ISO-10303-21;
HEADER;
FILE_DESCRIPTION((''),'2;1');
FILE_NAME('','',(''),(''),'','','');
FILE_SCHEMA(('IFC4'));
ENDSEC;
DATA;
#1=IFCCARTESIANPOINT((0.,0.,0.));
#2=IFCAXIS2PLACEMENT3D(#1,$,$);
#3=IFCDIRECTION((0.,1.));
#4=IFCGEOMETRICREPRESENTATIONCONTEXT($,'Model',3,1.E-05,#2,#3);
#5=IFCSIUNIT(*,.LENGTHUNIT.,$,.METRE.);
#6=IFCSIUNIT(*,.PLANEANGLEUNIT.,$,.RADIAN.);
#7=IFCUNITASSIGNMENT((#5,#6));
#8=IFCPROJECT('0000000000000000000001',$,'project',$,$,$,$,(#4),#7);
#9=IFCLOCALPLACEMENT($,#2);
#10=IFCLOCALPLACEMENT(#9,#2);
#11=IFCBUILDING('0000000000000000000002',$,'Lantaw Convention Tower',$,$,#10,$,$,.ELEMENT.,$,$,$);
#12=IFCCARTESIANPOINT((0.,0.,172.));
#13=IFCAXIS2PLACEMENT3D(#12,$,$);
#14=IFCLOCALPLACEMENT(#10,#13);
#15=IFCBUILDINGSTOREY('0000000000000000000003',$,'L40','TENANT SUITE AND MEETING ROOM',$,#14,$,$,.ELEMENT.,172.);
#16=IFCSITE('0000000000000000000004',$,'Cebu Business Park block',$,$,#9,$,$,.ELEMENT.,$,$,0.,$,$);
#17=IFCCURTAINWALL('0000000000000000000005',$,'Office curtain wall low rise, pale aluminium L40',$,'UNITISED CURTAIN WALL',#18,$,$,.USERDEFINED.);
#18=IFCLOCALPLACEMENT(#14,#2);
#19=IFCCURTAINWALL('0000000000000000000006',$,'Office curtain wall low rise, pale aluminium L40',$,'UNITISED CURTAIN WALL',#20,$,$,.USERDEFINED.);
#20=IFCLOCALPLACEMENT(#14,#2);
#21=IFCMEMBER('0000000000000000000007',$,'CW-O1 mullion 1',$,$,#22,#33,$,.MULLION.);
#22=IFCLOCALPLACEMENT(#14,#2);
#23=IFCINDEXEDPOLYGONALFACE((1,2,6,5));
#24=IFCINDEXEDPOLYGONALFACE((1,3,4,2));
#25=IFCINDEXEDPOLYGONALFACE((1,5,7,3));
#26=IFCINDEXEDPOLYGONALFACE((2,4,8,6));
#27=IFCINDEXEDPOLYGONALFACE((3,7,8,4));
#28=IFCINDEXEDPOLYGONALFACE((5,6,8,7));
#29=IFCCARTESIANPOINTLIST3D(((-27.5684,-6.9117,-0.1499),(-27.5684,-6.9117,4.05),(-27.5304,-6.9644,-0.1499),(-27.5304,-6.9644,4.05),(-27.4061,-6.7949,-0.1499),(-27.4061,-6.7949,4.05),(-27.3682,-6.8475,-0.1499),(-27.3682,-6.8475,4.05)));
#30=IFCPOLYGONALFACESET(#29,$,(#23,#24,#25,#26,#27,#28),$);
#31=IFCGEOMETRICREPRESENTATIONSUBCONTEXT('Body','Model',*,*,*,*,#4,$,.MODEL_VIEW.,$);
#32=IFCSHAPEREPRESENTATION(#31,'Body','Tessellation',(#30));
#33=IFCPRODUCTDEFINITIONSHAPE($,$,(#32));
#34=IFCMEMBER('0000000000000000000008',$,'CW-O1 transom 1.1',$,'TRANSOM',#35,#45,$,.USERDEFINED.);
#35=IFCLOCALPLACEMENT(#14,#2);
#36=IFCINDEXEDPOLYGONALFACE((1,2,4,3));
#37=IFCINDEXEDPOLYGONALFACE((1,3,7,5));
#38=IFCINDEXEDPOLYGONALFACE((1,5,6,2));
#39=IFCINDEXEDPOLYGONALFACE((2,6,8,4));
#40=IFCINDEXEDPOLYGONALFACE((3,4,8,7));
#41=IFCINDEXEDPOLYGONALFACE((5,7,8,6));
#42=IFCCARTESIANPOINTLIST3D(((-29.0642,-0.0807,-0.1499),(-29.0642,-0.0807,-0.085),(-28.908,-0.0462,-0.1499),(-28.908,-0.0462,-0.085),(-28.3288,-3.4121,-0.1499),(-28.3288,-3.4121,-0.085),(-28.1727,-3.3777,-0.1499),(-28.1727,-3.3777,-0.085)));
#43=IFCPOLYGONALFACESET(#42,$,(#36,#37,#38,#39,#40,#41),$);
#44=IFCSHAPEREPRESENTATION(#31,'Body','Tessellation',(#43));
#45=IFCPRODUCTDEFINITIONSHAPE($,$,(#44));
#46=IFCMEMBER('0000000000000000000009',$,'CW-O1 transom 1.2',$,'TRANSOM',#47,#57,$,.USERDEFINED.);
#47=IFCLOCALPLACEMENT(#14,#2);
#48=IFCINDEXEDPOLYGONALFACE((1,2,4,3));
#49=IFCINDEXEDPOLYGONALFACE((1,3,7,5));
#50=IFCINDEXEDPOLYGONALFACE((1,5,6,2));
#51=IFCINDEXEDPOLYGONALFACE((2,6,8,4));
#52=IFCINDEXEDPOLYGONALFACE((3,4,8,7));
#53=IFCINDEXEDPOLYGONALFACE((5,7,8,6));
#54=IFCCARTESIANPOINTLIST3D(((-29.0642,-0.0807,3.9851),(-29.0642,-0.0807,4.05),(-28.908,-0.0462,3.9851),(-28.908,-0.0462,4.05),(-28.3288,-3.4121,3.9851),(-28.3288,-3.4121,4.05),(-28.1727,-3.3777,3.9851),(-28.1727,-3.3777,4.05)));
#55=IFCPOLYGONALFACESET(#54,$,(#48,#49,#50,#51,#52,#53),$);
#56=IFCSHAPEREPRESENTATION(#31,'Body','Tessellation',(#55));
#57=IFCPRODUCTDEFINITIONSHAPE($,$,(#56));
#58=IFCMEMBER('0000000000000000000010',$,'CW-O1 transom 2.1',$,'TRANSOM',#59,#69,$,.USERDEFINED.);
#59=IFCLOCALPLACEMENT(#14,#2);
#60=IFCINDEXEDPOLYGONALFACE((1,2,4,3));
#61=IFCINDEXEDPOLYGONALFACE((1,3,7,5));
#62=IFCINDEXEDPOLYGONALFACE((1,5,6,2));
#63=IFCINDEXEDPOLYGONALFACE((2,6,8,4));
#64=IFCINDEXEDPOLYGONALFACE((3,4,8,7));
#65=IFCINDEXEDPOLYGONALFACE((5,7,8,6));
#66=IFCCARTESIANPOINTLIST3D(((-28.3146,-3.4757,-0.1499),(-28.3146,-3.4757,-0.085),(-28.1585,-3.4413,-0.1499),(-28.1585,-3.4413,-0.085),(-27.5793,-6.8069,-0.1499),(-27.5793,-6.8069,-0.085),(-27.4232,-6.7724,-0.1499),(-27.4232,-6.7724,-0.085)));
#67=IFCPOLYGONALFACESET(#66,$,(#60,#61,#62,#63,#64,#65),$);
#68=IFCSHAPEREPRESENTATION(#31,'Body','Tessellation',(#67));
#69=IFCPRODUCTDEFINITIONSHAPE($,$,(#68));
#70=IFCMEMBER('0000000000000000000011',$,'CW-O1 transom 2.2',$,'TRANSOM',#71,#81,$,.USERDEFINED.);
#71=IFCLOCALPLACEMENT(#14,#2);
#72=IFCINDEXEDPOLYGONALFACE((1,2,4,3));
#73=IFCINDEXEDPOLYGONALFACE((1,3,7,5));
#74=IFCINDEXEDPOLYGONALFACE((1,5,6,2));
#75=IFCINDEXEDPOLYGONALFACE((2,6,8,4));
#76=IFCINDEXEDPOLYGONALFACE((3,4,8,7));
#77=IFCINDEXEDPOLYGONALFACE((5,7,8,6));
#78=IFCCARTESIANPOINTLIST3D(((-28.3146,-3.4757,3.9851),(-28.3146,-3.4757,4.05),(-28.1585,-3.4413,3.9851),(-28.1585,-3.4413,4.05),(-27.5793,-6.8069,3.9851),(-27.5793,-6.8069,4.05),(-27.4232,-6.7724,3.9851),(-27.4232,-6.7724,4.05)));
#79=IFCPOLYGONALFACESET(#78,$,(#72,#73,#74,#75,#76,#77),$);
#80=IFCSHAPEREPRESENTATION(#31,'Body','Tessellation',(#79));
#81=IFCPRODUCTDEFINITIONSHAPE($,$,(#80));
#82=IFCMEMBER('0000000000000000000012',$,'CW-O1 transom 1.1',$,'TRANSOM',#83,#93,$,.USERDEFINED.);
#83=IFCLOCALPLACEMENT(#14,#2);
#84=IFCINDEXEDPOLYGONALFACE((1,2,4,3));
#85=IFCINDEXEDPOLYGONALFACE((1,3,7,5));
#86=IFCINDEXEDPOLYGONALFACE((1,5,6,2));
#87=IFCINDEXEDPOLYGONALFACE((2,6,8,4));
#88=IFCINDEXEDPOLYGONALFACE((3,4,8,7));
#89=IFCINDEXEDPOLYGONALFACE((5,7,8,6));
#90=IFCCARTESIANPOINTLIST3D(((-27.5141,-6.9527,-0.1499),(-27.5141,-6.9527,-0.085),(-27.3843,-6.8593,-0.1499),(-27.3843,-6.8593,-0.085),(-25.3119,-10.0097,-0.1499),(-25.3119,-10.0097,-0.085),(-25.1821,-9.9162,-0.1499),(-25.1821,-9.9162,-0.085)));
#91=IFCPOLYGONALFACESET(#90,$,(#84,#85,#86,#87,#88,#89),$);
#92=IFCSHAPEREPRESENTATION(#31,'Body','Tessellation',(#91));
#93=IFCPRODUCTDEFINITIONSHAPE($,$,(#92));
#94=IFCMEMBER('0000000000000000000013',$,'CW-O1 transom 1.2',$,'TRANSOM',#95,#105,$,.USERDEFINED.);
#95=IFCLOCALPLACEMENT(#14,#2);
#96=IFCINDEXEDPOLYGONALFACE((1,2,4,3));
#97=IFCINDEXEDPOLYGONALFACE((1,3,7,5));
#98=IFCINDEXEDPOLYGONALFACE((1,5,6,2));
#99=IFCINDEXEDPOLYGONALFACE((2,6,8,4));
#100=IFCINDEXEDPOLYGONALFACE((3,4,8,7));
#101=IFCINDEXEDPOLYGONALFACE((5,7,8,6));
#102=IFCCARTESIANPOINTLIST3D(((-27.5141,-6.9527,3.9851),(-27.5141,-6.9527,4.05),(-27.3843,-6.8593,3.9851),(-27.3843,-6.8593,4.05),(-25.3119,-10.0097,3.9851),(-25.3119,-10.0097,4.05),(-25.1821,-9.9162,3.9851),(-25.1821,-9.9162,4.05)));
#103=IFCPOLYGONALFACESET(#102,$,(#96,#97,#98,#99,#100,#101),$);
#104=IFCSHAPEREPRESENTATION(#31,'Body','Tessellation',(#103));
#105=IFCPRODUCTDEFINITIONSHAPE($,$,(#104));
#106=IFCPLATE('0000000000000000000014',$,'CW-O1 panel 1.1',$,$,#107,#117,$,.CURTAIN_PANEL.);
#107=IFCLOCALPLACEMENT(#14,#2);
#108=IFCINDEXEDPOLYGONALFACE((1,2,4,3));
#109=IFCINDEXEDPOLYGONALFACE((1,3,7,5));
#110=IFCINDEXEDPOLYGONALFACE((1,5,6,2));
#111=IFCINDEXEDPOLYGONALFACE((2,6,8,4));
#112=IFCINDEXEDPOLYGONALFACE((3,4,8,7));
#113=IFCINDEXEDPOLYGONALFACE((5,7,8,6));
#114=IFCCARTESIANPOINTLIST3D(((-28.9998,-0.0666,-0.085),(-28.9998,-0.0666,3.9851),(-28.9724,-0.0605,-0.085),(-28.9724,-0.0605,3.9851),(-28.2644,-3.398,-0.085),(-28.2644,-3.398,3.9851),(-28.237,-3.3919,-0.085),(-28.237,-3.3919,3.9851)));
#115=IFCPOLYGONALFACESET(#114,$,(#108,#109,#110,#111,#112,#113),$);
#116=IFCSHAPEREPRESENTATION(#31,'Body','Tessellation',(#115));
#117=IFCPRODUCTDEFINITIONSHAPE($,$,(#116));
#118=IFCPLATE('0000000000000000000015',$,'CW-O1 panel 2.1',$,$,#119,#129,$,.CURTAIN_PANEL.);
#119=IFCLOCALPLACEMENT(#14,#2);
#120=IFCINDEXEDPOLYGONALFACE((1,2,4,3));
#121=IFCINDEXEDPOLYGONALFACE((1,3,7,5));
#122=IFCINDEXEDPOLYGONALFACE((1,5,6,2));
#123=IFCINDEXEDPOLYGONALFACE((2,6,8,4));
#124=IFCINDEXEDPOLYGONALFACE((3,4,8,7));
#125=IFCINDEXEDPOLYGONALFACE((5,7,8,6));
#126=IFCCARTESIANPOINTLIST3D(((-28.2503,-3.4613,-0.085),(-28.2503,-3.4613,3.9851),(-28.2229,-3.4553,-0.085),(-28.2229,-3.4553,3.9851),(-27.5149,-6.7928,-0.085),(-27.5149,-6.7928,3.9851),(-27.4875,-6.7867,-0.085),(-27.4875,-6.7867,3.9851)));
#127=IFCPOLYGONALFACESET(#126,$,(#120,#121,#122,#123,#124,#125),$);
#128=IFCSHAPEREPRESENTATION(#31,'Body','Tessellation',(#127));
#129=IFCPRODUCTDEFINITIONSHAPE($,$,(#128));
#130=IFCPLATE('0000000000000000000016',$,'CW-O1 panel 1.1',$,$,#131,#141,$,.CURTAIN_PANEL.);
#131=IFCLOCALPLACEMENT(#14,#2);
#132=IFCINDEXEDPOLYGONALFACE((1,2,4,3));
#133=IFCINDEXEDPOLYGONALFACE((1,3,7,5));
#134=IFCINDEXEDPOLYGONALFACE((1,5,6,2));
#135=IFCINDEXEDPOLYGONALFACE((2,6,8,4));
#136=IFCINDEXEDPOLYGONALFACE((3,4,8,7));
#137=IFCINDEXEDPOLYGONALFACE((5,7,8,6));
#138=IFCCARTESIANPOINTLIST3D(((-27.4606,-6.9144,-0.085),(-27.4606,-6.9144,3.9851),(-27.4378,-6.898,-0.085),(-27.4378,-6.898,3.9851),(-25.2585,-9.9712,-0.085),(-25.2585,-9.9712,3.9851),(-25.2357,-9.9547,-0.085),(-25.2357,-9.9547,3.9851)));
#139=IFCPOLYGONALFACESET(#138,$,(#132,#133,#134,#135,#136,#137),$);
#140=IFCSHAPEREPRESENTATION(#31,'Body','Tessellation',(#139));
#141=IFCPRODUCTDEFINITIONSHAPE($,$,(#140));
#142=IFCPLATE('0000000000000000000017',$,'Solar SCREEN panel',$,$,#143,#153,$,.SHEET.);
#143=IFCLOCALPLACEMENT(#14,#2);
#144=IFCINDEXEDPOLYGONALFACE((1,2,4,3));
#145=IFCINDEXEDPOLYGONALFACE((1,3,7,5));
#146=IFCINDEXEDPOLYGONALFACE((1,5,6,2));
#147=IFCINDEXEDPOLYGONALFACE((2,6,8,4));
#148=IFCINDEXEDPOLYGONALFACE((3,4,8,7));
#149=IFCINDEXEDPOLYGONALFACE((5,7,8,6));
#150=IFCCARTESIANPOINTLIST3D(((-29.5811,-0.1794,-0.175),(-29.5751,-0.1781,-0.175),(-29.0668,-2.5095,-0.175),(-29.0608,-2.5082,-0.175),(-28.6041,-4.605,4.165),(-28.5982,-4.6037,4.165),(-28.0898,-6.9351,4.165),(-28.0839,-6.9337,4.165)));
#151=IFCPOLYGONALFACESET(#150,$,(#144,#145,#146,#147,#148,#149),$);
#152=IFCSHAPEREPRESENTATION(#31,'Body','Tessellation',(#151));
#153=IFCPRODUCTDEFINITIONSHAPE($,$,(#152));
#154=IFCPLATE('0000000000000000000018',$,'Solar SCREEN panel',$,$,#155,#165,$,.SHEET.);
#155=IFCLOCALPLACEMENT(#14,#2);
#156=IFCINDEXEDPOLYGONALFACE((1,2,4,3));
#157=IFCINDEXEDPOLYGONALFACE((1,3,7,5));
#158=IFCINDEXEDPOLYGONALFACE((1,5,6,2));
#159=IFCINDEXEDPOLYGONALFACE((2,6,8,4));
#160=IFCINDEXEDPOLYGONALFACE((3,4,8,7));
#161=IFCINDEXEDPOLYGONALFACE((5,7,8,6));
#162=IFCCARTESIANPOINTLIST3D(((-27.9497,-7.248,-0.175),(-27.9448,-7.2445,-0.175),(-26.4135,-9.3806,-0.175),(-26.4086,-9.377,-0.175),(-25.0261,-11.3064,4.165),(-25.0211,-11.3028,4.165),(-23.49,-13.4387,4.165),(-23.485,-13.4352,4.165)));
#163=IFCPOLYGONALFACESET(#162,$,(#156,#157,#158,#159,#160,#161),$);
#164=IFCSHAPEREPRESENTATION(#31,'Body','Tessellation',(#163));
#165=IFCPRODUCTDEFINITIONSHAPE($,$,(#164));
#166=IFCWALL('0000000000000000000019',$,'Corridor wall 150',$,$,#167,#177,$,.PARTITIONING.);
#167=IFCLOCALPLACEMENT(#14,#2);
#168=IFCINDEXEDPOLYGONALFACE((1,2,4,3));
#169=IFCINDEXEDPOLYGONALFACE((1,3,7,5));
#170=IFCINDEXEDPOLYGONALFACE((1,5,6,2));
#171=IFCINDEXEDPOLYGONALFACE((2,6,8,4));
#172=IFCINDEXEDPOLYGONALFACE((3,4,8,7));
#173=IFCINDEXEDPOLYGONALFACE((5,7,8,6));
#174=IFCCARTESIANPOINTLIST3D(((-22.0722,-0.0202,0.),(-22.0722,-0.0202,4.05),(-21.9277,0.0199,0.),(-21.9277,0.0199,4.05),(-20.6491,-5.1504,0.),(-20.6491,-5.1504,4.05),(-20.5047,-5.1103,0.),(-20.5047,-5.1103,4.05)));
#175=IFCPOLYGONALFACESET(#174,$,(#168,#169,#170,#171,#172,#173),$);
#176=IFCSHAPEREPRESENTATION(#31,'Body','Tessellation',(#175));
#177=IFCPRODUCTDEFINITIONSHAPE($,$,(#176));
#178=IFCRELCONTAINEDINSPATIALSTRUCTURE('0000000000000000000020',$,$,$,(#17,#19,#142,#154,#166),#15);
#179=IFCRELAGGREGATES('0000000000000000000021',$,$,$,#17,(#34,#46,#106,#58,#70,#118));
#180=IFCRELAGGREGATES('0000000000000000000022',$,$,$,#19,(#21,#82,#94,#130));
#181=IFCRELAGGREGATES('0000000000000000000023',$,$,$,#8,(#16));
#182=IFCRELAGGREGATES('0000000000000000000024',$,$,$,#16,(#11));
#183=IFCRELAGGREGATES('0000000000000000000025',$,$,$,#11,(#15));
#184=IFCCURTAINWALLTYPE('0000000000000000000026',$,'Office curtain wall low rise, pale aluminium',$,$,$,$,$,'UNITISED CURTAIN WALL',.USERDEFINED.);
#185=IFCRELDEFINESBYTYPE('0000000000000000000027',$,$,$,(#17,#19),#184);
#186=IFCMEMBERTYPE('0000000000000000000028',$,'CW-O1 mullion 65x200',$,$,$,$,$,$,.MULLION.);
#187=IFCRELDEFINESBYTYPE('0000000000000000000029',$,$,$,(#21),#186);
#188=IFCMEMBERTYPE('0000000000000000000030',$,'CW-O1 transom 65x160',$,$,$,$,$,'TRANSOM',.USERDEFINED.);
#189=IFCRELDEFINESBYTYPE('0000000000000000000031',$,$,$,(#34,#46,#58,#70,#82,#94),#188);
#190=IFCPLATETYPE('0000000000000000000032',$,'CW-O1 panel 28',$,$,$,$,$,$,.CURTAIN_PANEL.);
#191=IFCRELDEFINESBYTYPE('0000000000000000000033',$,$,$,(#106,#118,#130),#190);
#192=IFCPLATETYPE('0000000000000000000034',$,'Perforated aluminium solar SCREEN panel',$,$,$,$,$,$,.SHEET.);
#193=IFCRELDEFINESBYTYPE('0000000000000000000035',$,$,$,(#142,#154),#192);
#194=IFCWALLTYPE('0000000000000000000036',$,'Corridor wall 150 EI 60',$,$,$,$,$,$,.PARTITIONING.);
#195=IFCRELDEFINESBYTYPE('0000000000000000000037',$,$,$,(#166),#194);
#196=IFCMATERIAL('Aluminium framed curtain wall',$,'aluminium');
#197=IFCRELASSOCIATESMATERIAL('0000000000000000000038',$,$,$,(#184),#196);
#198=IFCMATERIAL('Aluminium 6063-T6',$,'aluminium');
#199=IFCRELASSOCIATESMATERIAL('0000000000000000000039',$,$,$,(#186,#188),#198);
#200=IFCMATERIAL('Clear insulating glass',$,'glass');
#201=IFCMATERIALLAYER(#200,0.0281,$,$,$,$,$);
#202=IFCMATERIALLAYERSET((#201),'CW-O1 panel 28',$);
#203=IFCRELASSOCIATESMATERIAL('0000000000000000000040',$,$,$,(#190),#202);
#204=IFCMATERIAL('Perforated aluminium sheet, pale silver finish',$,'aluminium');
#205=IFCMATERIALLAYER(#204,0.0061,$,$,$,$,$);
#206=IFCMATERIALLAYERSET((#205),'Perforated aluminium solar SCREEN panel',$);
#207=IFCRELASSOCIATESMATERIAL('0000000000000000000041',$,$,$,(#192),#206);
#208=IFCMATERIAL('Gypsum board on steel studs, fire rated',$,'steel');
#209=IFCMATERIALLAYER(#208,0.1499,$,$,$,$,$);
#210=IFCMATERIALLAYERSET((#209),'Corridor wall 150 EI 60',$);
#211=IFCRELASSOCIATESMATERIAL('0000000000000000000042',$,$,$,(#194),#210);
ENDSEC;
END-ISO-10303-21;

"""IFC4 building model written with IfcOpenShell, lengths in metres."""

from ifc_helpers import new_model, si_unit, direction, frame, frame_2d, origin, origin_2d, place, context, subcontext, project, spatial, polyline, rectangle, outline, extrude, material, layer, layer_set, material_profile, profile_set, type_object, element, aggregate, save


model = new_model("IFC4")

# Units and contexts
model_context = context("Model", 3, precision=1e-05, world=origin(), true_north=direction((0.0, 1.0)))
body_context = subcontext(model_context, "Body", "Model", "MODEL_VIEW")
ifc_project = project(units=[si_unit("LENGTHUNIT", "METRE"), si_unit("PLANEANGLEUNIT", "RADIAN")], contexts=[model_context])

# Site, building, storey
site_placement = place(None, origin())
site = spatial("IfcSite", under=ifc_project, at=site_placement, Name="Cebu Business Park block", CompositionType="ELEMENT", RefElevation=0.0)
building_placement = place(site_placement, origin())
building = spatial("IfcBuilding", under=site, at=building_placement, Name="Lantaw Convention Tower", CompositionType="ELEMENT")
storey_placement = place(building_placement, frame((0.0, 0.0, 172.0)))
storey = spatial("IfcBuildingStorey", under=building, at=storey_placement, Name="L40", Description="TENANT SUITE AND MEETING ROOM", CompositionType="ELEMENT", Elevation=172.0)

# Curtain wall
ifc_material_1 = material(Name="Aluminium framed curtain wall", Category="aluminium")
curtain_wall_type = type_object("IfcCurtainWallType", Name="Office curtain wall low rise, pale aluminium", ElementType="UNITISED CURTAIN WALL", PredefinedType="USERDEFINED", material=ifc_material_1)
curtain_wall_1_placement = place(storey_placement, origin())
curtain_wall_1 = element("IfcCurtainWall", 1, at=curtain_wall_1_placement, inside=storey, type_object=curtain_wall_type, Name="Office curtain wall low rise, pale aluminium L40", ObjectType="UNITISED CURTAIN WALL", PredefinedType="USERDEFINED")
ifc_material_2 = material(Name="Aluminium 6063-T6", Category="aluminium")
ifc_material_profile_1 = material_profile(ifc_material_2, rectangle(XDim=0.2, YDim=0.0649, at=origin_2d()), Name="CW-O1 mullion 65x200")
ifc_profile_set_1 = profile_set([ifc_material_profile_1], Name="Aluminium 6063-T6")
member_type_1 = type_object("IfcMemberType", Name="CW-O1 mullion 65x200", PredefinedType="MULLION", material=ifc_profile_set_1)

# Curtain wall, member
curtain_wall_2_placement = place(storey_placement, origin())
curtain_wall_2 = element("IfcCurtainWall", 2, at=curtain_wall_2_placement, inside=storey, type_object=curtain_wall_type, Name="Office curtain wall low rise, pale aluminium L40", ObjectType="UNITISED CURTAIN WALL", PredefinedType="USERDEFINED")
member_1_placement = place(storey_placement, frame((-27.4683, -6.8796, -0.1499), z_axis=(0.0, 0.0, 1.0), x_axis=(0.811385, 0.584513, 0.0)))
member_1 = element("IfcMember", 3, at=member_1_placement, type_object=member_type_1, Name="CW-O1 mullion 1", PredefinedType="MULLION", context=body_context, shape_type="SweptSolid", body=[
    extrude(rectangle(XDim=0.2, YDim=0.0649, at=origin_2d()), origin(), (0.0, 0.0, 1.0), 4.2),
])

# Members
ifc_material_profile_2 = material_profile(ifc_material_2, rectangle(XDim=0.1599, YDim=0.0649, at=origin_2d()), Name="CW-O1 transom 65x160")
ifc_profile_set_2 = profile_set([ifc_material_profile_2], Name="Aluminium 6063-T6")
member_type_2 = type_object("IfcMemberType", Name="CW-O1 transom 65x160", ElementType="TRANSOM", PredefinedType="USERDEFINED", material=ifc_profile_set_2)
member_2_placement = place(storey_placement, frame((-28.9861, -0.0635, -0.1174), z_axis=(0.215536, -0.976496, 0.0), x_axis=(0.976496, 0.215536, 0.0)))
member_2 = element("IfcMember", 4, at=member_2_placement, type_object=member_type_2, Name="CW-O1 transom 1.1", ObjectType="TRANSOM", PredefinedType="USERDEFINED", context=body_context, shape_type="SweptSolid", body=[
    extrude(rectangle(XDim=0.1599, YDim=0.0649, at=origin_2d()), origin(), (0.0, 0.0, 1.0), 3.4116),
])
member_3_placement = place(storey_placement, frame((-28.9861, -0.0635, 4.0176), z_axis=(0.215536, -0.976496, 0.0), x_axis=(0.976496, 0.215536, 0.0)))
member_3 = element("IfcMember", 5, at=member_3_placement, type_object=member_type_2, Name="CW-O1 transom 1.2", ObjectType="TRANSOM", PredefinedType="USERDEFINED", context=body_context, shape_type="SweptSolid", body=[
    extrude(rectangle(XDim=0.1599, YDim=0.0649, at=origin_2d()), origin(), (0.0, 0.0, 1.0), 3.4116),
])
member_4_placement = place(storey_placement, frame((-28.2366, -3.4585, -0.1174), z_axis=(0.215551, -0.976493, 0.0), x_axis=(0.976493, 0.215551, 0.0)))
member_4 = element("IfcMember", 6, at=member_4_placement, type_object=member_type_2, Name="CW-O1 transom 2.1", ObjectType="TRANSOM", PredefinedType="USERDEFINED", context=body_context, shape_type="SweptSolid", body=[
    extrude(rectangle(XDim=0.1599, YDim=0.0649, at=origin_2d()), origin(), (0.0, 0.0, 1.0), 3.4114),
])
member_5_placement = place(storey_placement, frame((-28.2366, -3.4585, 4.0176), z_axis=(0.215551, -0.976493, 0.0), x_axis=(0.976493, 0.215551, 0.0)))
member_5 = element("IfcMember", 7, at=member_5_placement, type_object=member_type_2, Name="CW-O1 transom 2.2", ObjectType="TRANSOM", PredefinedType="USERDEFINED", context=body_context, shape_type="SweptSolid", body=[
    extrude(rectangle(XDim=0.1599, YDim=0.0649, at=origin_2d()), origin(), (0.0, 0.0, 1.0), 3.4114),
])
member_6_placement = place(storey_placement, frame((-27.4492, -6.906, -0.1174), z_axis=(0.584513, -0.811384, 0.0), x_axis=(0.811384, 0.584513, 0.0)))
member_6 = element("IfcMember", 8, at=member_6_placement, type_object=member_type_2, Name="CW-O1 transom 1.1", ObjectType="TRANSOM", PredefinedType="USERDEFINED", context=body_context, shape_type="SweptSolid", body=[
    extrude(rectangle(XDim=0.1599, YDim=0.0649, at=origin_2d()), origin(), (0.0, 0.0, 1.0), 3.7676),
])
member_7_placement = place(storey_placement, frame((-27.4492, -6.906, 4.0176), z_axis=(0.584513, -0.811384, 0.0), x_axis=(0.811384, 0.584513, 0.0)))
member_7 = element("IfcMember", 9, at=member_7_placement, type_object=member_type_2, Name="CW-O1 transom 1.2", ObjectType="TRANSOM", PredefinedType="USERDEFINED", context=body_context, shape_type="SweptSolid", body=[
    extrude(rectangle(XDim=0.1599, YDim=0.0649, at=origin_2d()), origin(), (0.0, 0.0, 1.0), 3.7676),
])

# Plates
ifc_material_3 = material(Name="Clear insulating glass", Category="glass")
ifc_layer_1 = layer(ifc_material_3, 0.0281)
ifc_layer_set_1 = layer_set([ifc_layer_1], Name="CW-O1 panel 28")
plate_type_1 = type_object("IfcPlateType", Name="CW-O1 panel 28", PredefinedType="CURTAIN_PANEL", material=ifc_layer_set_1)
plate_1_placement = place(storey_placement, frame((-28.6184, -1.7292, -0.085), z_axis=(0.0, 0.0, 1.0), x_axis=(0.215546, -0.976494, 0.0)))
plate_1 = element("IfcPlate", 10, at=plate_1_placement, type_object=plate_type_1, Name="CW-O1 panel 1.1", PredefinedType="CURTAIN_PANEL", context=body_context, shape_type="SweptSolid", body=[
    extrude(rectangle(XDim=3.4116, YDim=0.0281, at=origin_2d()), origin(), (0.0, 0.0, 1.0), 4.0701),
])
plate_2_placement = place(storey_placement, frame((-27.8689, -5.124, -0.085), z_axis=(0.0, 0.0, 1.0), x_axis=(0.215546, -0.976494, 0.0)))
plate_2 = element("IfcPlate", 11, at=plate_2_placement, type_object=plate_type_1, Name="CW-O1 panel 2.1", PredefinedType="CURTAIN_PANEL", context=body_context, shape_type="SweptSolid", body=[
    extrude(rectangle(XDim=3.4116, YDim=0.0281, at=origin_2d()), origin(), (0.0, 0.0, 1.0), 4.0701),
])
aggregate(curtain_wall_1, [member_2, member_3, plate_1, member_4, member_5, plate_2])
plate_3_placement = place(storey_placement, frame((-26.3481, -8.4346, -0.085), z_axis=(0.0, 0.0, 1.0), x_axis=(0.584513, -0.811385, 0.0)))
plate_3 = element("IfcPlate", 12, at=plate_3_placement, type_object=plate_type_1, Name="CW-O1 panel 1.1", PredefinedType="CURTAIN_PANEL", context=body_context, shape_type="SweptSolid", body=[
    extrude(rectangle(XDim=3.7673, YDim=0.0281, at=origin_2d()), origin(), (0.0, 0.0, 1.0), 4.0701),
])
aggregate(curtain_wall_2, [member_1, member_6, member_7, plate_3])

# Plates
ifc_material_4 = material(Name="Perforated aluminium sheet, pale silver finish", Category="aluminium")
ifc_layer_2 = layer(ifc_material_4, 0.0061)
ifc_layer_set_2 = layer_set([ifc_layer_2], Name="Perforated aluminium solar SCREEN panel")
plate_type_2 = type_object("IfcPlateType", Name="Perforated aluminium solar SCREEN panel", PredefinedType="SHEET", material=ifc_layer_set_2)
plate_4_placement = place(storey_placement, frame((-29.5811, -0.1794, -0.175), z_axis=(-0.976498, -0.215527, 0.000033), x_axis=(0.215527, -0.976498, 0.0)))
element("IfcPlate", 13, at=plate_4_placement, inside=storey, type_object=plate_type_2, Name="Solar SCREEN panel", PredefinedType="SHEET", context=body_context, shape_type="SweptSolid", body=[
    extrude(outline(polyline([(0.0, 0.0), (2.3862, 0.0), (6.9182, 4.3401), (4.5321, 4.3401), (0.0, 0.0)])), origin(), (0.0, 0.0, -1.0), 0.0061),
])
plate_5_placement = place(storey_placement, frame((-27.9497, -7.248, -0.175), z_axis=(-0.811395, -0.584498, 0.000036), x_axis=(0.584498, -0.811395, 0.0)))
element("IfcPlate", 14, at=plate_5_placement, inside=storey, type_object=plate_type_2, Name="Solar SCREEN panel", PredefinedType="SHEET", context=body_context, shape_type="SweptSolid", body=[
    extrude(outline(polyline([(0.0, 0.0), (2.6282, 0.0), (7.6298, 4.3401), (5.0018, 4.3401), (0.0, 0.0)])), origin(), (0.0, 0.0, -1.0), 0.0061),
])

# Wall
ifc_material_5 = material(Name="Gypsum board on steel studs, fire rated", Category="steel")
ifc_layer_3 = layer(ifc_material_5, 0.1499)
ifc_layer_set_3 = layer_set([ifc_layer_3], Name="Corridor wall 150 EI 60")
wall_type_1 = type_object("IfcWallType", Name="Corridor wall 150 EI 60", PredefinedType="PARTITIONING", material=ifc_layer_set_3)
wall_1_placement = place(storey_placement, frame((-22.0, 0.0, 0.0), z_axis=(0.0, 0.0, 1.0), x_axis=(0.267294, -0.963615, 0.0)))
element("IfcWall", 15, at=wall_1_placement, inside=storey, type_object=wall_type_1, Name="Corridor wall 150", PredefinedType="PARTITIONING", context=body_context, shape_type="SweptSolid", body=[
    extrude(rectangle(XDim=5.324, YDim=0.1499, at=frame_2d((2.6621, 0.0))), origin(), (0.0, 0.0, 1.0), 4.05),
])

save(model, "model.ifc")
